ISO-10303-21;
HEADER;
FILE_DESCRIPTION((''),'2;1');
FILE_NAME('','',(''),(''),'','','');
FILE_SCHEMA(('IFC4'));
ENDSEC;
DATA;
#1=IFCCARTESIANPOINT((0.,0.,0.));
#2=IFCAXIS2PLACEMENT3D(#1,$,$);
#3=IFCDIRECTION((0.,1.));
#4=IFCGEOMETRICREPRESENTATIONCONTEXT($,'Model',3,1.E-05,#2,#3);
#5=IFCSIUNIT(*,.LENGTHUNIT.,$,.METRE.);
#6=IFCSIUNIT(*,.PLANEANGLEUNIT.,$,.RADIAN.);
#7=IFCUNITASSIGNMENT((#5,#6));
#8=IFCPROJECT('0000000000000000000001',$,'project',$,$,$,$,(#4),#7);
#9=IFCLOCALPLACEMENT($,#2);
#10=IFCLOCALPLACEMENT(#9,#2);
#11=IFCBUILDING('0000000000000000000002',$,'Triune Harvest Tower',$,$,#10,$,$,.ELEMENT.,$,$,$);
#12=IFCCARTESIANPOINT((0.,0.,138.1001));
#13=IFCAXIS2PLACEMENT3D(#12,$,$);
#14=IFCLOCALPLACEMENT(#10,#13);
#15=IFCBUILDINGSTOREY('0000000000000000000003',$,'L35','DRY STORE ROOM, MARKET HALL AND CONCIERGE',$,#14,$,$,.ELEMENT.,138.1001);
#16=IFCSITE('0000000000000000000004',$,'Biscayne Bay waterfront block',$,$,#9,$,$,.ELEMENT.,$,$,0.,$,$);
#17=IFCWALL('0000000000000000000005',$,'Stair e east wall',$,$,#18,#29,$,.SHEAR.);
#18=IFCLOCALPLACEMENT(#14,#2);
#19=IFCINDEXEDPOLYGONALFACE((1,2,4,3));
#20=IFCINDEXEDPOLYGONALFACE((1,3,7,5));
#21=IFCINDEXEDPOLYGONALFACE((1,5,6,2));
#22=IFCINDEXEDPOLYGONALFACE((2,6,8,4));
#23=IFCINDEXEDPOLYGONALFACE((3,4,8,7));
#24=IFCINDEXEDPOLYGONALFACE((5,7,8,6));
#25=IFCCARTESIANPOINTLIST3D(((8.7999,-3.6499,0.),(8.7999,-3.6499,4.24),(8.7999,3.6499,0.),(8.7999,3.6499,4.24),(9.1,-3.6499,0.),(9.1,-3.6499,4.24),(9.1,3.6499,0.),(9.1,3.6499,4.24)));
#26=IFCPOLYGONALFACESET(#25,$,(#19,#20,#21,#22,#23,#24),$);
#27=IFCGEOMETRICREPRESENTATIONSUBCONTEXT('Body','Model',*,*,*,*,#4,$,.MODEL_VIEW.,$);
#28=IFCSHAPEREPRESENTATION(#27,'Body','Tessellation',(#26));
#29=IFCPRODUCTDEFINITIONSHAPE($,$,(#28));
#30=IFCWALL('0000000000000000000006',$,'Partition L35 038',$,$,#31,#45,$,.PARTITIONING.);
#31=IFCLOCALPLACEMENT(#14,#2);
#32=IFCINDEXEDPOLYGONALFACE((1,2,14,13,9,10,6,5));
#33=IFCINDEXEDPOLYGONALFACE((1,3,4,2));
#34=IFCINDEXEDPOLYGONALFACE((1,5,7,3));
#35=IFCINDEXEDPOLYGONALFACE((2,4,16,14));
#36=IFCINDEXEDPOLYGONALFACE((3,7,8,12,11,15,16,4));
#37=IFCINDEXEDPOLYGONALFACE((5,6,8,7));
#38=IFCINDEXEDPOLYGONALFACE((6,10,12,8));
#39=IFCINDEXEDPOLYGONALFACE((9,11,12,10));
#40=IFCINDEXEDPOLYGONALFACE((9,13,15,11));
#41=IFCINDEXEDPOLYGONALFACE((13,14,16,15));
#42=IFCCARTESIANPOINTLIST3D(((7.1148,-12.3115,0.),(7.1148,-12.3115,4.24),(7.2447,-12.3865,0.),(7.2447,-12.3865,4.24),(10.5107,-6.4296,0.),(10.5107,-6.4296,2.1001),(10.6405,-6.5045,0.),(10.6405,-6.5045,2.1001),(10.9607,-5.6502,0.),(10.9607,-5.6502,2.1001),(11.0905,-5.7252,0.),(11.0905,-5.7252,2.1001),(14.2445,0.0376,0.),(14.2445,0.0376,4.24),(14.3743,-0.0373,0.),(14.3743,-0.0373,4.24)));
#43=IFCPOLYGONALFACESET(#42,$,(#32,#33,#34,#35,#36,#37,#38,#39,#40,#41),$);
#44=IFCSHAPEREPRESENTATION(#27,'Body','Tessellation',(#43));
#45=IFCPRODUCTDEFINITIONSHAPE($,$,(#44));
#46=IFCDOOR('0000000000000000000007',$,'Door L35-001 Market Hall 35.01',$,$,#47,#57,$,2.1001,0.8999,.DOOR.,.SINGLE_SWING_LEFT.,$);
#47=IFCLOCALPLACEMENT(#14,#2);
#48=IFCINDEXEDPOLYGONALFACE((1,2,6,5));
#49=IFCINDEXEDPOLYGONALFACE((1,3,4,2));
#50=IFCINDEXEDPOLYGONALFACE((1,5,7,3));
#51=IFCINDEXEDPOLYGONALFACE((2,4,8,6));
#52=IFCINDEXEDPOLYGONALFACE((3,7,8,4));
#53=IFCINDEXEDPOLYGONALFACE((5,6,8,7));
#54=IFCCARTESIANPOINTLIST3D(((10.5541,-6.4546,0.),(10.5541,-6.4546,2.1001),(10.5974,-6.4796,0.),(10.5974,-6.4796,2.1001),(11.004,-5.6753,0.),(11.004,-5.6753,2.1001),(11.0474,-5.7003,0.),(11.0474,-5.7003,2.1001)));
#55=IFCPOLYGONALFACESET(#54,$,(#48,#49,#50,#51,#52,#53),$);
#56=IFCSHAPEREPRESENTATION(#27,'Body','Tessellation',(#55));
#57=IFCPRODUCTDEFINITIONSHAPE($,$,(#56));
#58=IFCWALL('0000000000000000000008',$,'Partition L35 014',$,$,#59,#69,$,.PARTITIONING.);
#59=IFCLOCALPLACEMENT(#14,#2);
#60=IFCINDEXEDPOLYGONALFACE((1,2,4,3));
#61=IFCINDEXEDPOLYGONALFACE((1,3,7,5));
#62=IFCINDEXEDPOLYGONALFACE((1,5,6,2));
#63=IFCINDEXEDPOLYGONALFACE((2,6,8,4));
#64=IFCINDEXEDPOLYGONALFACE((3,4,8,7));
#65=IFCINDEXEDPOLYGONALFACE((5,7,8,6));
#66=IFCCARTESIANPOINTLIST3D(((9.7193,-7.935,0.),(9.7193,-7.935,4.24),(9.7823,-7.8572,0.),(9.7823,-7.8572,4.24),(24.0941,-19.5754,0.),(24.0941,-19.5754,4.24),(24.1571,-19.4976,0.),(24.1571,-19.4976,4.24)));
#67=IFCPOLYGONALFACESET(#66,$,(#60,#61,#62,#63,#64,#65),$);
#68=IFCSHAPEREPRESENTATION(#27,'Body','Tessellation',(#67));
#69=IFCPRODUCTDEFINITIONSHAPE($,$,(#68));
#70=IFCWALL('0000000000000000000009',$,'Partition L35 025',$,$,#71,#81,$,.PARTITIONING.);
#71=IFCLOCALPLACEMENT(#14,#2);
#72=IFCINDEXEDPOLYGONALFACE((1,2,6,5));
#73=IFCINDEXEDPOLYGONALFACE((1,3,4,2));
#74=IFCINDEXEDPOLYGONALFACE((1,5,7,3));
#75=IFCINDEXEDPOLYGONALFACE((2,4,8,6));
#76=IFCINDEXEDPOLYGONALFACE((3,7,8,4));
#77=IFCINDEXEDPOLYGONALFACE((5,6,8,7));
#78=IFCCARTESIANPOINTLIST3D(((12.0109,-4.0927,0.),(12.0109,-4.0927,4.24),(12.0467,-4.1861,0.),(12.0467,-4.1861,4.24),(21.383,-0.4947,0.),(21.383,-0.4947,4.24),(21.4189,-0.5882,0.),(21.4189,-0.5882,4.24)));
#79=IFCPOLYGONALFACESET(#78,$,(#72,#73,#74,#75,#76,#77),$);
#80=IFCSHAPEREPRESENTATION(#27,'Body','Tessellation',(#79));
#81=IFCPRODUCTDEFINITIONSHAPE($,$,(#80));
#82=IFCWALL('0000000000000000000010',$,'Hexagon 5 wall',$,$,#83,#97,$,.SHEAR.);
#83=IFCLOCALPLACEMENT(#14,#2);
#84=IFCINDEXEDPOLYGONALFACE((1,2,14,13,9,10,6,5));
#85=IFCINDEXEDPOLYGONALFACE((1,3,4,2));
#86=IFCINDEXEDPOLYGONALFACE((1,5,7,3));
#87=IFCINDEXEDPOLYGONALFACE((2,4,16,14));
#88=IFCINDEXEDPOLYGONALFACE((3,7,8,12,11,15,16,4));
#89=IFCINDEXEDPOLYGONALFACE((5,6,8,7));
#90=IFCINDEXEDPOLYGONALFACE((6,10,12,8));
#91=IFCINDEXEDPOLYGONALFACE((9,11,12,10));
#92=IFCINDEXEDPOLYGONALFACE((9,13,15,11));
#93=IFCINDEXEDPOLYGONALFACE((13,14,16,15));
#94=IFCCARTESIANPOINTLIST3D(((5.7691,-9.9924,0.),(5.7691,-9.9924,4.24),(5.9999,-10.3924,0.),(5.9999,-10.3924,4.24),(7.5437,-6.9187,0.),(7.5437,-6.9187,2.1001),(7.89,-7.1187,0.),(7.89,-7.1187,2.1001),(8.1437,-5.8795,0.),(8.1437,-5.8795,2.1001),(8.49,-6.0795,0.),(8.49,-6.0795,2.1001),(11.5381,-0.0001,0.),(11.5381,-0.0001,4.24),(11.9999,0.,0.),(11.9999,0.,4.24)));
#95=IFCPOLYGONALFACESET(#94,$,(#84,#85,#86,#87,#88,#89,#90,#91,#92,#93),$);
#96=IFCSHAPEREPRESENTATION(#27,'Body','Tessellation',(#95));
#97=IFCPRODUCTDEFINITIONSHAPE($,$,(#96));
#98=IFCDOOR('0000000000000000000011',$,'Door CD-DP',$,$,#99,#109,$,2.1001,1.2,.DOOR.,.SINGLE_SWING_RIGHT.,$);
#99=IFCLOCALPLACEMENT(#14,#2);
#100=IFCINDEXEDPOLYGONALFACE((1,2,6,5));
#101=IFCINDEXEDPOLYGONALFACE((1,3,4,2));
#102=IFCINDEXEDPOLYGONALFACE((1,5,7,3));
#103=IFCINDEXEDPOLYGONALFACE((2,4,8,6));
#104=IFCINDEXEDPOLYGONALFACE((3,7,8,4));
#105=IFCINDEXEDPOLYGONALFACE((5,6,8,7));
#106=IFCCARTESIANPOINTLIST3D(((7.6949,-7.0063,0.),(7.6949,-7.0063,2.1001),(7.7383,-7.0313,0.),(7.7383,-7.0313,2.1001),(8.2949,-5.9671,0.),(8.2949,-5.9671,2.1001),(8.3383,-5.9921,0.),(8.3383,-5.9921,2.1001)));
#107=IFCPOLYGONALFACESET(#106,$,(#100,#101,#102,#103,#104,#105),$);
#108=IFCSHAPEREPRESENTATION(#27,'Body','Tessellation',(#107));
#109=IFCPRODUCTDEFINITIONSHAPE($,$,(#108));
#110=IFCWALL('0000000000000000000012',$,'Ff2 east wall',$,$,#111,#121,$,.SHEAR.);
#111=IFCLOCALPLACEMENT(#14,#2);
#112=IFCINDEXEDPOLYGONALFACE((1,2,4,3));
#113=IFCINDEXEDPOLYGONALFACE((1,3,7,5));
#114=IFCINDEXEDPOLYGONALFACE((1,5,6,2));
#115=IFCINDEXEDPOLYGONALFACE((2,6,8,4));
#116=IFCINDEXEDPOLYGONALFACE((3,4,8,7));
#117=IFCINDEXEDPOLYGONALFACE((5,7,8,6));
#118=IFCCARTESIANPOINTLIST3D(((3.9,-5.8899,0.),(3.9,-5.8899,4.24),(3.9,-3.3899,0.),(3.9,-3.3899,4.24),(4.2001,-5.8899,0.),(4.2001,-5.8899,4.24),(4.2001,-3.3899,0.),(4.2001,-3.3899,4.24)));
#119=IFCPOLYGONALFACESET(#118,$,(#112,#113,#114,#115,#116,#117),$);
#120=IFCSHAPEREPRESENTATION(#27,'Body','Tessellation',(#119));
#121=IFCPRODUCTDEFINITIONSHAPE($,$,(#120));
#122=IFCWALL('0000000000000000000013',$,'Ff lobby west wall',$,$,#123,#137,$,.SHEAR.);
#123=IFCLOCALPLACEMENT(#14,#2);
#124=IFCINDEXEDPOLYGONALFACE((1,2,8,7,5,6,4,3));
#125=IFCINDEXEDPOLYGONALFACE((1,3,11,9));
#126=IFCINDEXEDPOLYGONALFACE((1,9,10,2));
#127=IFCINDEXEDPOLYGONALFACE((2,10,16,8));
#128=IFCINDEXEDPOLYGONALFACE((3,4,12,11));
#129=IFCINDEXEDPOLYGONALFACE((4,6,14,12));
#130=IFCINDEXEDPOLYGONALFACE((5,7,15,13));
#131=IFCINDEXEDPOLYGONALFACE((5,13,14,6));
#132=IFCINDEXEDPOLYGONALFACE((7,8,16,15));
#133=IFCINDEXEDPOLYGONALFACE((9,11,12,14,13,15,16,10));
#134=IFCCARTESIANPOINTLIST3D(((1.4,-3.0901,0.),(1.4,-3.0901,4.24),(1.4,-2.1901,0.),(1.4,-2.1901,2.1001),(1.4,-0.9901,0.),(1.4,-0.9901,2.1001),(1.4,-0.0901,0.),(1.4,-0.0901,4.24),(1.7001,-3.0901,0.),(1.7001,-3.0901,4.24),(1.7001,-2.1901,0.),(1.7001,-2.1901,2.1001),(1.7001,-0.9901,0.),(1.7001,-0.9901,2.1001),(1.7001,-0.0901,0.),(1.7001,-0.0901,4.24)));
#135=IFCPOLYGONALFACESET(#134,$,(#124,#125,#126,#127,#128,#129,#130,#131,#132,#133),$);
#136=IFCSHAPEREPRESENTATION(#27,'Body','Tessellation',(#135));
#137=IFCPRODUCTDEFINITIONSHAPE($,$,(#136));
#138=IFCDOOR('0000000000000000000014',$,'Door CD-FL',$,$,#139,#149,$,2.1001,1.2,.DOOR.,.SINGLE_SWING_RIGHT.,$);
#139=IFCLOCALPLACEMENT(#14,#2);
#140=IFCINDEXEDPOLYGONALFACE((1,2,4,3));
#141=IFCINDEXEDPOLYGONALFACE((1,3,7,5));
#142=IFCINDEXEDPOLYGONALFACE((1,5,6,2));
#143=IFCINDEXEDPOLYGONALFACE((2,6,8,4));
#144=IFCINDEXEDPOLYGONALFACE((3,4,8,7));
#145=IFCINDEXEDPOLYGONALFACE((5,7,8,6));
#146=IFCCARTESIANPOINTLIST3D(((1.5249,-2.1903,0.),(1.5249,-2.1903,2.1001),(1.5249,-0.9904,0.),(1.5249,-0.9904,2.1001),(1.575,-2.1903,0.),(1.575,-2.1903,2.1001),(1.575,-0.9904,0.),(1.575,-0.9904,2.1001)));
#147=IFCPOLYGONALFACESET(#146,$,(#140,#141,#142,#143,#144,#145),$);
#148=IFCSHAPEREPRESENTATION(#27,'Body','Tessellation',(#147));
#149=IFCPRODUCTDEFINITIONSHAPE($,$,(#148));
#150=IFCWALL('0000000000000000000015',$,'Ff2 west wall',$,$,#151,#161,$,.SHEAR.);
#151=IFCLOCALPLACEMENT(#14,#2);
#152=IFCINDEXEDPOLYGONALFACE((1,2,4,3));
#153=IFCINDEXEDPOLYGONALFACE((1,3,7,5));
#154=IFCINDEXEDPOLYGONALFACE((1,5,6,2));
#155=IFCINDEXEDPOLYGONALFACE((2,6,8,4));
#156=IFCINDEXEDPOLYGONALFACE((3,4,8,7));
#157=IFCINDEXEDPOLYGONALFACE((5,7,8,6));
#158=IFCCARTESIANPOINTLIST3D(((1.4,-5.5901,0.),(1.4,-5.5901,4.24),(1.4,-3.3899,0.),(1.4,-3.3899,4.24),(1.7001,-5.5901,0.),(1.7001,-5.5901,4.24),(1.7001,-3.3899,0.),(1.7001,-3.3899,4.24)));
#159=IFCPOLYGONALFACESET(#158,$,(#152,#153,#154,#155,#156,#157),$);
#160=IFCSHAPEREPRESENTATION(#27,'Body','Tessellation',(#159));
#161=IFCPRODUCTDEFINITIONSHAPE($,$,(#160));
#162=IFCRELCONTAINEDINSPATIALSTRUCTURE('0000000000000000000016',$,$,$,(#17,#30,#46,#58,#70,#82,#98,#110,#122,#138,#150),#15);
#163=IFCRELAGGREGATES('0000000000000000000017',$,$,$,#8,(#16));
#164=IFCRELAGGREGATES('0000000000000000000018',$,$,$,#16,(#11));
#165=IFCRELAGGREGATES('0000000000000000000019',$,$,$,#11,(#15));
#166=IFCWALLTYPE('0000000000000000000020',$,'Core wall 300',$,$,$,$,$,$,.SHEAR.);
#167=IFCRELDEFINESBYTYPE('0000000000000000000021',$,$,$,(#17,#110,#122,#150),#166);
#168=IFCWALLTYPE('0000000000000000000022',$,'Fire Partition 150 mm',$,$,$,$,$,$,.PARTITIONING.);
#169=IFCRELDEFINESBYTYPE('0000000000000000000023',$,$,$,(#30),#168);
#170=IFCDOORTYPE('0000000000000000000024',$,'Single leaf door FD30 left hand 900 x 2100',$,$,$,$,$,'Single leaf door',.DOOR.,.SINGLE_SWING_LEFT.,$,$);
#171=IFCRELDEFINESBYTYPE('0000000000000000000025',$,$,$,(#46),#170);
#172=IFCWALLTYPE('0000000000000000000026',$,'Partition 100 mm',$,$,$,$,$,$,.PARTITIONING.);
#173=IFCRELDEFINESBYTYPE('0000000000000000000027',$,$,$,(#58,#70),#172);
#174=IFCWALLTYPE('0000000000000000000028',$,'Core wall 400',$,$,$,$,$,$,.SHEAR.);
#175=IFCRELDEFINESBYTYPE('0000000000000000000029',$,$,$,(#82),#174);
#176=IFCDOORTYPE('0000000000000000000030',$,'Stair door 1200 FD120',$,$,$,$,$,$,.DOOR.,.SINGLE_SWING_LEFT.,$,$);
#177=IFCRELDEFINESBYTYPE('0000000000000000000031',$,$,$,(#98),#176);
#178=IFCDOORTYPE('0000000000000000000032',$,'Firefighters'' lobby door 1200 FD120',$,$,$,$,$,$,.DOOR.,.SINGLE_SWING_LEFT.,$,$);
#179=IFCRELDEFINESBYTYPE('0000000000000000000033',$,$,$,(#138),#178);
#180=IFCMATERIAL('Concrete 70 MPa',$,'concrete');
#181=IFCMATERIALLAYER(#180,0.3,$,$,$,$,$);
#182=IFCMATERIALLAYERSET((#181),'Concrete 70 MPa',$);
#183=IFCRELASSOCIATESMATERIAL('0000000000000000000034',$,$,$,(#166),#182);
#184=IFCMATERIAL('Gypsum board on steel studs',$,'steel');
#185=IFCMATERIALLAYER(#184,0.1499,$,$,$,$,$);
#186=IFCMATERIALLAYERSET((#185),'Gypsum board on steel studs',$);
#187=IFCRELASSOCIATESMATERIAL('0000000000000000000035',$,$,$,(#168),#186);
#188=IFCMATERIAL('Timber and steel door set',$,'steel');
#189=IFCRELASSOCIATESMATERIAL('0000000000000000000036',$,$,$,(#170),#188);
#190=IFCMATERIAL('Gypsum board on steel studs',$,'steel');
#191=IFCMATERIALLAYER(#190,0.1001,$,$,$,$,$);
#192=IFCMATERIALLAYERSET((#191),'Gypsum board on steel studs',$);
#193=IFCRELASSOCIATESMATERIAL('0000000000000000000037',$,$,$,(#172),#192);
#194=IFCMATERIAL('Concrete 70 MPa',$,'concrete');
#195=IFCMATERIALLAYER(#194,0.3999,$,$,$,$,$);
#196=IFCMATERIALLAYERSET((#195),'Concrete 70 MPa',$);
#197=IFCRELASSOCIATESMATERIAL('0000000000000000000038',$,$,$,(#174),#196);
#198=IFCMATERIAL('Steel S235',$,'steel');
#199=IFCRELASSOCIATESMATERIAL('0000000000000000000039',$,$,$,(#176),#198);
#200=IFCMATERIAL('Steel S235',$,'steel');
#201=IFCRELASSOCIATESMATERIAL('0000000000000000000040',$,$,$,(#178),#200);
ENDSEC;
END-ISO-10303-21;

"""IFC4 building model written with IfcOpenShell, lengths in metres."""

from ifc_helpers import new_model, si_unit, direction, frame, frame_2d, origin, place, context, subcontext, project, spatial, polyline, rectangle, outline, extrude, source, transform, mapped, material, layer, layer_set, type_object, element, fill, save


model = new_model("IFC4")

# Units and contexts
model_context = context("Model", 3, precision=1e-05, world=origin(), true_north=direction((0.0, 1.0)))
body_context = subcontext(model_context, "Body", "Model", "MODEL_VIEW")
ifc_project = project(units=[si_unit("LENGTHUNIT", "METRE"), si_unit("PLANEANGLEUNIT", "RADIAN")], contexts=[model_context])

# Site, building, storey
site_placement = place(None, origin())
site = spatial("IfcSite", under=ifc_project, at=site_placement, Name="Biscayne Bay waterfront block", CompositionType="ELEMENT", RefElevation=0.0)
building_placement = place(site_placement, origin())
building = spatial("IfcBuilding", under=site, at=building_placement, Name="Triune Harvest Tower", CompositionType="ELEMENT")
storey_placement = place(building_placement, frame((0.0, 0.0, 138.1001)))
storey = spatial("IfcBuildingStorey", under=building, at=storey_placement, Name="L35", Description="DRY STORE ROOM, MARKET HALL AND CONCIERGE", CompositionType="ELEMENT", Elevation=138.1001)

# Shared definitions
ifc_material_1 = material(Name="Concrete 70 MPa", Category="concrete")
ifc_layer_1 = layer(ifc_material_1, 0.3)
ifc_layer_set_1 = layer_set([ifc_layer_1], Name="Concrete 70 MPa")
wall_type_1 = type_object("IfcWallType", Name="Core wall 300", PredefinedType="SHEAR", material=ifc_layer_set_1)

# Wall
wall_1_placement = place(storey_placement, frame((8.95, -3.6499, 0.0), z_axis=(0.0, 0.0, 1.0), x_axis=(0.0, 1.0, 0.0)))
element("IfcWall", 1, at=wall_1_placement, inside=storey, type_object=wall_type_1, Name="Stair e east wall", PredefinedType="SHEAR", context=body_context, shape_type="SweptSolid", body=[
    extrude(rectangle(XDim=7.2998, YDim=0.3, at=frame_2d((3.6499, 0.0))), origin(), (0.0, 0.0, 1.0), 4.24),
])

# Wall, opening, door
ifc_material_2 = material(Name="Gypsum board on steel studs", Category="steel")
ifc_layer_2 = layer(ifc_material_2, 0.1499)
ifc_layer_set_2 = layer_set([ifc_layer_2], Name="Gypsum board on steel studs")
wall_type_2 = type_object("IfcWallType", Name="Fire Partition 150 mm", PredefinedType="PARTITIONING", material=ifc_layer_set_2)
wall_2_placement = place(storey_placement, frame((7.1797, -12.3491, 0.0), z_axis=(0.0, 0.0, 1.0), x_axis=(0.499993, 0.866029, 0.0)))
wall_2 = element("IfcWall", 2, at=wall_2_placement, inside=storey, type_object=wall_type_2, Name="Partition L35 038", PredefinedType="PARTITIONING", context=body_context, shape_type="SweptSolid", body=[
    extrude(rectangle(XDim=14.2595, YDim=0.1499, at=frame_2d((7.1299, 0.0))), origin(), (0.0, 0.0, 1.0), 4.24),
])
opening_1_placement = place(wall_2_placement, frame((6.792, 0.0, 0.0)))
opening_1 = element("IfcOpeningElement", 3, at=opening_1_placement, cuts=wall_2, PredefinedType="OPENING", context=body_context, shape_type="SweptSolid", body=[
    extrude(rectangle(XDim=0.8999, YDim=2.1001, at=frame_2d((0.45, 1.05))), frame((0.0, 0.085, 0.0), z_axis=(0.0, -1.0, 0.0), x_axis=(1.0, 0.0, 0.0)), (0.0, 0.0, 1.0), 0.1699),
])
ifc_material_3 = material(Name="Timber and steel door set", Category="steel")
door_type_1 = type_object("IfcDoorType", Name="Single leaf door FD30 left hand 900 x 2100", ElementType="Single leaf door", OperationType="SINGLE_SWING_LEFT", PredefinedType="DOOR", material=ifc_material_3)
door_1_placement = place(opening_1_placement, origin())
door_1 = element("IfcDoor", 4, at=door_1_placement, inside=storey, type_object=door_type_1, Name="Door L35-001 Market Hall 35.01", OperationType="SINGLE_SWING_LEFT", OverallHeight=2.1001, OverallWidth=0.8999, PredefinedType="DOOR", context=body_context, shape_type="SweptSolid", body=[
    extrude(rectangle(XDim=0.8999, YDim=2.1001, at=frame_2d((0.45, 1.05))), frame((0.0, 0.0249, 0.0), z_axis=(0.0, -1.0, 0.0), x_axis=(1.0, 0.0, 0.0)), (0.0, 0.0, 1.0), 0.05),
])
fill(opening_1, door_1)

# Walls
ifc_material_4 = material(Name="Gypsum board on steel studs", Category="steel")
ifc_layer_3 = layer(ifc_material_4, 0.1001)
ifc_layer_set_3 = layer_set([ifc_layer_3], Name="Gypsum board on steel studs")
wall_type_3 = type_object("IfcWallType", Name="Partition 100 mm", PredefinedType="PARTITIONING", material=ifc_layer_set_3)
wall_3_placement = place(storey_placement, frame((9.7507, -7.896, 0.0), z_axis=(0.0, 0.0, 1.0), x_axis=(0.777148, -0.629318, 0.0)))
element("IfcWall", 5, at=wall_3_placement, inside=storey, type_object=wall_type_3, Name="Partition L35 014", PredefinedType="PARTITIONING", context=body_context, shape_type="SweptSolid", body=[
    extrude(rectangle(XDim=18.4968, YDim=0.1001, at=frame_2d((9.2485, 0.0))), origin(), (0.0, 0.0, 1.0), 4.24),
])
wall_4_placement = place(storey_placement, frame((12.0288, -4.1394, 0.0), z_axis=(0.0, 0.0, 1.0), x_axis=(0.93357, 0.358394, 0.0)))
element("IfcWall", 6, at=wall_4_placement, inside=storey, type_object=wall_type_3, Name="Partition L35 025", PredefinedType="PARTITIONING", context=body_context, shape_type="SweptSolid", body=[
    extrude(rectangle(XDim=10.0391, YDim=0.1001, at=frame_2d((5.0195, 0.0))), origin(), (0.0, 0.0, 1.0), 4.24),
])

# Wall, opening, door
ifc_material_5 = material(Name="Concrete 70 MPa", Category="concrete")
ifc_layer_4 = layer(ifc_material_5, 0.3999)
ifc_layer_set_4 = layer_set([ifc_layer_4], Name="Concrete 70 MPa")
wall_type_4 = type_object("IfcWallType", Name="Core wall 400", PredefinedType="SHEAR", material=ifc_layer_set_4)
shared_shape_1 = source(origin(), body_context, "Body", "SweptSolid", [
    extrude(outline(polyline([(-0.1155, -0.2), (11.8845, -0.2), (11.6536, 0.2), (0.1155, 0.2), (-0.1155, -0.2)])), origin(), (0.0, 0.0, 1.0), 4.24),
])
wall_5_placement = place(storey_placement, frame((5.8845, -10.1924, 0.0), z_axis=(0.0, 0.0, 1.0), x_axis=(0.499997, 0.866027, 0.0)))
wall_5 = element("IfcWall", 7, at=wall_5_placement, inside=storey, type_object=wall_type_4, Name="Hexagon 5 wall", PredefinedType="SHEAR", context=body_context, shape_type="MappedRepresentation", body=[
    mapped(shared_shape_1, transform((0.0, 0.0, 0.0), scale=1.0)),
])
opening_2_placement = place(wall_5_placement, frame((3.6646, 0.0, 0.0)))
opening_2 = element("IfcOpeningElement", 8, at=opening_2_placement, cuts=wall_5, PredefinedType="OPENING", context=body_context, shape_type="SweptSolid", body=[
    extrude(rectangle(XDim=1.2, YDim=2.1001, at=frame_2d((0.6001, 1.05))), frame((0.0, 0.21, 0.0), z_axis=(0.0, -1.0, 0.0), x_axis=(1.0, 0.0, 0.0)), (0.0, 0.0, 1.0), 0.4199),
])
ifc_material_6 = material(Name="Steel S235", Category="steel")
door_type_2 = type_object("IfcDoorType", Name="Stair door 1200 FD120", OperationType="SINGLE_SWING_LEFT", PredefinedType="DOOR", material=ifc_material_6)
door_2_placement = place(opening_2_placement, frame((1.2, 0.0, 0.0), z_axis=(0.0, 0.0, 1.0), x_axis=(-1.0, 0.0, 0.0)))
door_2 = element("IfcDoor", 9, at=door_2_placement, inside=storey, type_object=door_type_2, Name="Door CD-DP", OperationType="SINGLE_SWING_RIGHT", OverallHeight=2.1001, OverallWidth=1.2, PredefinedType="DOOR", context=body_context, shape_type="SweptSolid", body=[
    extrude(rectangle(XDim=1.2, YDim=2.1001, at=frame_2d((0.6001, 1.05))), frame((0.0, 0.0249, 0.0), z_axis=(0.0, -1.0, 0.0), x_axis=(1.0, 0.0, 0.0)), (0.0, 0.0, 1.0), 0.05),
])
fill(opening_2, door_2)

# Wall
shared_shape_2 = source(origin(), body_context, "Body", "SweptSolid", [
    extrude(rectangle(XDim=2.5, YDim=0.3, at=frame_2d((1.25, 0.0))), origin(), (0.0, 0.0, 1.0), 4.24),
])
wall_6_placement = place(storey_placement, frame((4.05, -5.8899, 0.0), z_axis=(0.0, 0.0, 1.0), x_axis=(0.0, 1.0, 0.0)))
element("IfcWall", 10, at=wall_6_placement, inside=storey, type_object=wall_type_1, Name="Ff2 east wall", PredefinedType="SHEAR", context=body_context, shape_type="MappedRepresentation", body=[
    mapped(shared_shape_2, transform((0.0, 0.0, 0.0), scale=1.0)),
])

# Wall, opening, door
shared_shape_3 = source(origin(), body_context, "Body", "SweptSolid", [
    extrude(rectangle(XDim=3.0, YDim=0.3, at=frame_2d((1.5, 0.0))), origin(), (0.0, 0.0, 1.0), 4.24),
])
wall_7_placement = place(storey_placement, frame((1.55, -3.0901, 0.0), z_axis=(0.0, 0.0, 1.0), x_axis=(0.0, 1.0, 0.0)))
wall_7 = element("IfcWall", 11, at=wall_7_placement, inside=storey, type_object=wall_type_1, Name="Ff lobby west wall", PredefinedType="SHEAR", context=body_context, shape_type="MappedRepresentation", body=[
    mapped(shared_shape_3, transform((0.0, 0.0, 0.0), scale=1.0)),
])
opening_3_placement = place(wall_7_placement, frame((0.8999, 0.0, 0.0)))
opening_3 = element("IfcOpeningElement", 12, at=opening_3_placement, cuts=wall_7, PredefinedType="OPENING", context=body_context, shape_type="SweptSolid", body=[
    extrude(rectangle(XDim=1.2, YDim=2.1001, at=frame_2d((0.6001, 1.05))), frame((0.0, 0.1602, 0.0), z_axis=(0.0, -1.0, 0.0), x_axis=(1.0, 0.0, 0.0)), (0.0, 0.0, 1.0), 0.3201),
])
ifc_material_7 = material(Name="Steel S235", Category="steel")
door_type_3 = type_object("IfcDoorType", Name="Firefighters' lobby door 1200 FD120", OperationType="SINGLE_SWING_LEFT", PredefinedType="DOOR", material=ifc_material_7)
door_3_placement = place(opening_3_placement, frame((1.2, 0.0, 0.0), z_axis=(0.0, 0.0, 1.0), x_axis=(-1.0, 0.0, 0.0)))
door_3 = element("IfcDoor", 13, at=door_3_placement, inside=storey, type_object=door_type_3, Name="Door CD-FL", OperationType="SINGLE_SWING_RIGHT", OverallHeight=2.1001, OverallWidth=1.2, PredefinedType="DOOR", context=body_context, shape_type="SweptSolid", body=[
    extrude(rectangle(XDim=1.2, YDim=2.1001, at=frame_2d((0.6001, 1.05))), frame((0.0, 0.0249, 0.0), z_axis=(0.0, -1.0, 0.0), x_axis=(1.0, 0.0, 0.0)), (0.0, 0.0, 1.0), 0.05),
])
fill(opening_3, door_3)

# Wall
shared_shape_4 = source(origin(), body_context, "Body", "SweptSolid", [
    extrude(rectangle(XDim=2.2002, YDim=0.3, at=frame_2d((1.1001, 0.0))), origin(), (0.0, 0.0, 1.0), 4.24),
])
wall_8_placement = place(storey_placement, frame((1.55, -5.5901, 0.0), z_axis=(0.0, 0.0, 1.0), x_axis=(0.0, 1.0, 0.0)))
element("IfcWall", 14, at=wall_8_placement, inside=storey, type_object=wall_type_1, Name="Ff2 west wall", PredefinedType="SHEAR", context=body_context, shape_type="MappedRepresentation", body=[
    mapped(shared_shape_4, transform((0.0, 0.0, 0.0), scale=1.0)),
])

save(model, "model.ifc")
